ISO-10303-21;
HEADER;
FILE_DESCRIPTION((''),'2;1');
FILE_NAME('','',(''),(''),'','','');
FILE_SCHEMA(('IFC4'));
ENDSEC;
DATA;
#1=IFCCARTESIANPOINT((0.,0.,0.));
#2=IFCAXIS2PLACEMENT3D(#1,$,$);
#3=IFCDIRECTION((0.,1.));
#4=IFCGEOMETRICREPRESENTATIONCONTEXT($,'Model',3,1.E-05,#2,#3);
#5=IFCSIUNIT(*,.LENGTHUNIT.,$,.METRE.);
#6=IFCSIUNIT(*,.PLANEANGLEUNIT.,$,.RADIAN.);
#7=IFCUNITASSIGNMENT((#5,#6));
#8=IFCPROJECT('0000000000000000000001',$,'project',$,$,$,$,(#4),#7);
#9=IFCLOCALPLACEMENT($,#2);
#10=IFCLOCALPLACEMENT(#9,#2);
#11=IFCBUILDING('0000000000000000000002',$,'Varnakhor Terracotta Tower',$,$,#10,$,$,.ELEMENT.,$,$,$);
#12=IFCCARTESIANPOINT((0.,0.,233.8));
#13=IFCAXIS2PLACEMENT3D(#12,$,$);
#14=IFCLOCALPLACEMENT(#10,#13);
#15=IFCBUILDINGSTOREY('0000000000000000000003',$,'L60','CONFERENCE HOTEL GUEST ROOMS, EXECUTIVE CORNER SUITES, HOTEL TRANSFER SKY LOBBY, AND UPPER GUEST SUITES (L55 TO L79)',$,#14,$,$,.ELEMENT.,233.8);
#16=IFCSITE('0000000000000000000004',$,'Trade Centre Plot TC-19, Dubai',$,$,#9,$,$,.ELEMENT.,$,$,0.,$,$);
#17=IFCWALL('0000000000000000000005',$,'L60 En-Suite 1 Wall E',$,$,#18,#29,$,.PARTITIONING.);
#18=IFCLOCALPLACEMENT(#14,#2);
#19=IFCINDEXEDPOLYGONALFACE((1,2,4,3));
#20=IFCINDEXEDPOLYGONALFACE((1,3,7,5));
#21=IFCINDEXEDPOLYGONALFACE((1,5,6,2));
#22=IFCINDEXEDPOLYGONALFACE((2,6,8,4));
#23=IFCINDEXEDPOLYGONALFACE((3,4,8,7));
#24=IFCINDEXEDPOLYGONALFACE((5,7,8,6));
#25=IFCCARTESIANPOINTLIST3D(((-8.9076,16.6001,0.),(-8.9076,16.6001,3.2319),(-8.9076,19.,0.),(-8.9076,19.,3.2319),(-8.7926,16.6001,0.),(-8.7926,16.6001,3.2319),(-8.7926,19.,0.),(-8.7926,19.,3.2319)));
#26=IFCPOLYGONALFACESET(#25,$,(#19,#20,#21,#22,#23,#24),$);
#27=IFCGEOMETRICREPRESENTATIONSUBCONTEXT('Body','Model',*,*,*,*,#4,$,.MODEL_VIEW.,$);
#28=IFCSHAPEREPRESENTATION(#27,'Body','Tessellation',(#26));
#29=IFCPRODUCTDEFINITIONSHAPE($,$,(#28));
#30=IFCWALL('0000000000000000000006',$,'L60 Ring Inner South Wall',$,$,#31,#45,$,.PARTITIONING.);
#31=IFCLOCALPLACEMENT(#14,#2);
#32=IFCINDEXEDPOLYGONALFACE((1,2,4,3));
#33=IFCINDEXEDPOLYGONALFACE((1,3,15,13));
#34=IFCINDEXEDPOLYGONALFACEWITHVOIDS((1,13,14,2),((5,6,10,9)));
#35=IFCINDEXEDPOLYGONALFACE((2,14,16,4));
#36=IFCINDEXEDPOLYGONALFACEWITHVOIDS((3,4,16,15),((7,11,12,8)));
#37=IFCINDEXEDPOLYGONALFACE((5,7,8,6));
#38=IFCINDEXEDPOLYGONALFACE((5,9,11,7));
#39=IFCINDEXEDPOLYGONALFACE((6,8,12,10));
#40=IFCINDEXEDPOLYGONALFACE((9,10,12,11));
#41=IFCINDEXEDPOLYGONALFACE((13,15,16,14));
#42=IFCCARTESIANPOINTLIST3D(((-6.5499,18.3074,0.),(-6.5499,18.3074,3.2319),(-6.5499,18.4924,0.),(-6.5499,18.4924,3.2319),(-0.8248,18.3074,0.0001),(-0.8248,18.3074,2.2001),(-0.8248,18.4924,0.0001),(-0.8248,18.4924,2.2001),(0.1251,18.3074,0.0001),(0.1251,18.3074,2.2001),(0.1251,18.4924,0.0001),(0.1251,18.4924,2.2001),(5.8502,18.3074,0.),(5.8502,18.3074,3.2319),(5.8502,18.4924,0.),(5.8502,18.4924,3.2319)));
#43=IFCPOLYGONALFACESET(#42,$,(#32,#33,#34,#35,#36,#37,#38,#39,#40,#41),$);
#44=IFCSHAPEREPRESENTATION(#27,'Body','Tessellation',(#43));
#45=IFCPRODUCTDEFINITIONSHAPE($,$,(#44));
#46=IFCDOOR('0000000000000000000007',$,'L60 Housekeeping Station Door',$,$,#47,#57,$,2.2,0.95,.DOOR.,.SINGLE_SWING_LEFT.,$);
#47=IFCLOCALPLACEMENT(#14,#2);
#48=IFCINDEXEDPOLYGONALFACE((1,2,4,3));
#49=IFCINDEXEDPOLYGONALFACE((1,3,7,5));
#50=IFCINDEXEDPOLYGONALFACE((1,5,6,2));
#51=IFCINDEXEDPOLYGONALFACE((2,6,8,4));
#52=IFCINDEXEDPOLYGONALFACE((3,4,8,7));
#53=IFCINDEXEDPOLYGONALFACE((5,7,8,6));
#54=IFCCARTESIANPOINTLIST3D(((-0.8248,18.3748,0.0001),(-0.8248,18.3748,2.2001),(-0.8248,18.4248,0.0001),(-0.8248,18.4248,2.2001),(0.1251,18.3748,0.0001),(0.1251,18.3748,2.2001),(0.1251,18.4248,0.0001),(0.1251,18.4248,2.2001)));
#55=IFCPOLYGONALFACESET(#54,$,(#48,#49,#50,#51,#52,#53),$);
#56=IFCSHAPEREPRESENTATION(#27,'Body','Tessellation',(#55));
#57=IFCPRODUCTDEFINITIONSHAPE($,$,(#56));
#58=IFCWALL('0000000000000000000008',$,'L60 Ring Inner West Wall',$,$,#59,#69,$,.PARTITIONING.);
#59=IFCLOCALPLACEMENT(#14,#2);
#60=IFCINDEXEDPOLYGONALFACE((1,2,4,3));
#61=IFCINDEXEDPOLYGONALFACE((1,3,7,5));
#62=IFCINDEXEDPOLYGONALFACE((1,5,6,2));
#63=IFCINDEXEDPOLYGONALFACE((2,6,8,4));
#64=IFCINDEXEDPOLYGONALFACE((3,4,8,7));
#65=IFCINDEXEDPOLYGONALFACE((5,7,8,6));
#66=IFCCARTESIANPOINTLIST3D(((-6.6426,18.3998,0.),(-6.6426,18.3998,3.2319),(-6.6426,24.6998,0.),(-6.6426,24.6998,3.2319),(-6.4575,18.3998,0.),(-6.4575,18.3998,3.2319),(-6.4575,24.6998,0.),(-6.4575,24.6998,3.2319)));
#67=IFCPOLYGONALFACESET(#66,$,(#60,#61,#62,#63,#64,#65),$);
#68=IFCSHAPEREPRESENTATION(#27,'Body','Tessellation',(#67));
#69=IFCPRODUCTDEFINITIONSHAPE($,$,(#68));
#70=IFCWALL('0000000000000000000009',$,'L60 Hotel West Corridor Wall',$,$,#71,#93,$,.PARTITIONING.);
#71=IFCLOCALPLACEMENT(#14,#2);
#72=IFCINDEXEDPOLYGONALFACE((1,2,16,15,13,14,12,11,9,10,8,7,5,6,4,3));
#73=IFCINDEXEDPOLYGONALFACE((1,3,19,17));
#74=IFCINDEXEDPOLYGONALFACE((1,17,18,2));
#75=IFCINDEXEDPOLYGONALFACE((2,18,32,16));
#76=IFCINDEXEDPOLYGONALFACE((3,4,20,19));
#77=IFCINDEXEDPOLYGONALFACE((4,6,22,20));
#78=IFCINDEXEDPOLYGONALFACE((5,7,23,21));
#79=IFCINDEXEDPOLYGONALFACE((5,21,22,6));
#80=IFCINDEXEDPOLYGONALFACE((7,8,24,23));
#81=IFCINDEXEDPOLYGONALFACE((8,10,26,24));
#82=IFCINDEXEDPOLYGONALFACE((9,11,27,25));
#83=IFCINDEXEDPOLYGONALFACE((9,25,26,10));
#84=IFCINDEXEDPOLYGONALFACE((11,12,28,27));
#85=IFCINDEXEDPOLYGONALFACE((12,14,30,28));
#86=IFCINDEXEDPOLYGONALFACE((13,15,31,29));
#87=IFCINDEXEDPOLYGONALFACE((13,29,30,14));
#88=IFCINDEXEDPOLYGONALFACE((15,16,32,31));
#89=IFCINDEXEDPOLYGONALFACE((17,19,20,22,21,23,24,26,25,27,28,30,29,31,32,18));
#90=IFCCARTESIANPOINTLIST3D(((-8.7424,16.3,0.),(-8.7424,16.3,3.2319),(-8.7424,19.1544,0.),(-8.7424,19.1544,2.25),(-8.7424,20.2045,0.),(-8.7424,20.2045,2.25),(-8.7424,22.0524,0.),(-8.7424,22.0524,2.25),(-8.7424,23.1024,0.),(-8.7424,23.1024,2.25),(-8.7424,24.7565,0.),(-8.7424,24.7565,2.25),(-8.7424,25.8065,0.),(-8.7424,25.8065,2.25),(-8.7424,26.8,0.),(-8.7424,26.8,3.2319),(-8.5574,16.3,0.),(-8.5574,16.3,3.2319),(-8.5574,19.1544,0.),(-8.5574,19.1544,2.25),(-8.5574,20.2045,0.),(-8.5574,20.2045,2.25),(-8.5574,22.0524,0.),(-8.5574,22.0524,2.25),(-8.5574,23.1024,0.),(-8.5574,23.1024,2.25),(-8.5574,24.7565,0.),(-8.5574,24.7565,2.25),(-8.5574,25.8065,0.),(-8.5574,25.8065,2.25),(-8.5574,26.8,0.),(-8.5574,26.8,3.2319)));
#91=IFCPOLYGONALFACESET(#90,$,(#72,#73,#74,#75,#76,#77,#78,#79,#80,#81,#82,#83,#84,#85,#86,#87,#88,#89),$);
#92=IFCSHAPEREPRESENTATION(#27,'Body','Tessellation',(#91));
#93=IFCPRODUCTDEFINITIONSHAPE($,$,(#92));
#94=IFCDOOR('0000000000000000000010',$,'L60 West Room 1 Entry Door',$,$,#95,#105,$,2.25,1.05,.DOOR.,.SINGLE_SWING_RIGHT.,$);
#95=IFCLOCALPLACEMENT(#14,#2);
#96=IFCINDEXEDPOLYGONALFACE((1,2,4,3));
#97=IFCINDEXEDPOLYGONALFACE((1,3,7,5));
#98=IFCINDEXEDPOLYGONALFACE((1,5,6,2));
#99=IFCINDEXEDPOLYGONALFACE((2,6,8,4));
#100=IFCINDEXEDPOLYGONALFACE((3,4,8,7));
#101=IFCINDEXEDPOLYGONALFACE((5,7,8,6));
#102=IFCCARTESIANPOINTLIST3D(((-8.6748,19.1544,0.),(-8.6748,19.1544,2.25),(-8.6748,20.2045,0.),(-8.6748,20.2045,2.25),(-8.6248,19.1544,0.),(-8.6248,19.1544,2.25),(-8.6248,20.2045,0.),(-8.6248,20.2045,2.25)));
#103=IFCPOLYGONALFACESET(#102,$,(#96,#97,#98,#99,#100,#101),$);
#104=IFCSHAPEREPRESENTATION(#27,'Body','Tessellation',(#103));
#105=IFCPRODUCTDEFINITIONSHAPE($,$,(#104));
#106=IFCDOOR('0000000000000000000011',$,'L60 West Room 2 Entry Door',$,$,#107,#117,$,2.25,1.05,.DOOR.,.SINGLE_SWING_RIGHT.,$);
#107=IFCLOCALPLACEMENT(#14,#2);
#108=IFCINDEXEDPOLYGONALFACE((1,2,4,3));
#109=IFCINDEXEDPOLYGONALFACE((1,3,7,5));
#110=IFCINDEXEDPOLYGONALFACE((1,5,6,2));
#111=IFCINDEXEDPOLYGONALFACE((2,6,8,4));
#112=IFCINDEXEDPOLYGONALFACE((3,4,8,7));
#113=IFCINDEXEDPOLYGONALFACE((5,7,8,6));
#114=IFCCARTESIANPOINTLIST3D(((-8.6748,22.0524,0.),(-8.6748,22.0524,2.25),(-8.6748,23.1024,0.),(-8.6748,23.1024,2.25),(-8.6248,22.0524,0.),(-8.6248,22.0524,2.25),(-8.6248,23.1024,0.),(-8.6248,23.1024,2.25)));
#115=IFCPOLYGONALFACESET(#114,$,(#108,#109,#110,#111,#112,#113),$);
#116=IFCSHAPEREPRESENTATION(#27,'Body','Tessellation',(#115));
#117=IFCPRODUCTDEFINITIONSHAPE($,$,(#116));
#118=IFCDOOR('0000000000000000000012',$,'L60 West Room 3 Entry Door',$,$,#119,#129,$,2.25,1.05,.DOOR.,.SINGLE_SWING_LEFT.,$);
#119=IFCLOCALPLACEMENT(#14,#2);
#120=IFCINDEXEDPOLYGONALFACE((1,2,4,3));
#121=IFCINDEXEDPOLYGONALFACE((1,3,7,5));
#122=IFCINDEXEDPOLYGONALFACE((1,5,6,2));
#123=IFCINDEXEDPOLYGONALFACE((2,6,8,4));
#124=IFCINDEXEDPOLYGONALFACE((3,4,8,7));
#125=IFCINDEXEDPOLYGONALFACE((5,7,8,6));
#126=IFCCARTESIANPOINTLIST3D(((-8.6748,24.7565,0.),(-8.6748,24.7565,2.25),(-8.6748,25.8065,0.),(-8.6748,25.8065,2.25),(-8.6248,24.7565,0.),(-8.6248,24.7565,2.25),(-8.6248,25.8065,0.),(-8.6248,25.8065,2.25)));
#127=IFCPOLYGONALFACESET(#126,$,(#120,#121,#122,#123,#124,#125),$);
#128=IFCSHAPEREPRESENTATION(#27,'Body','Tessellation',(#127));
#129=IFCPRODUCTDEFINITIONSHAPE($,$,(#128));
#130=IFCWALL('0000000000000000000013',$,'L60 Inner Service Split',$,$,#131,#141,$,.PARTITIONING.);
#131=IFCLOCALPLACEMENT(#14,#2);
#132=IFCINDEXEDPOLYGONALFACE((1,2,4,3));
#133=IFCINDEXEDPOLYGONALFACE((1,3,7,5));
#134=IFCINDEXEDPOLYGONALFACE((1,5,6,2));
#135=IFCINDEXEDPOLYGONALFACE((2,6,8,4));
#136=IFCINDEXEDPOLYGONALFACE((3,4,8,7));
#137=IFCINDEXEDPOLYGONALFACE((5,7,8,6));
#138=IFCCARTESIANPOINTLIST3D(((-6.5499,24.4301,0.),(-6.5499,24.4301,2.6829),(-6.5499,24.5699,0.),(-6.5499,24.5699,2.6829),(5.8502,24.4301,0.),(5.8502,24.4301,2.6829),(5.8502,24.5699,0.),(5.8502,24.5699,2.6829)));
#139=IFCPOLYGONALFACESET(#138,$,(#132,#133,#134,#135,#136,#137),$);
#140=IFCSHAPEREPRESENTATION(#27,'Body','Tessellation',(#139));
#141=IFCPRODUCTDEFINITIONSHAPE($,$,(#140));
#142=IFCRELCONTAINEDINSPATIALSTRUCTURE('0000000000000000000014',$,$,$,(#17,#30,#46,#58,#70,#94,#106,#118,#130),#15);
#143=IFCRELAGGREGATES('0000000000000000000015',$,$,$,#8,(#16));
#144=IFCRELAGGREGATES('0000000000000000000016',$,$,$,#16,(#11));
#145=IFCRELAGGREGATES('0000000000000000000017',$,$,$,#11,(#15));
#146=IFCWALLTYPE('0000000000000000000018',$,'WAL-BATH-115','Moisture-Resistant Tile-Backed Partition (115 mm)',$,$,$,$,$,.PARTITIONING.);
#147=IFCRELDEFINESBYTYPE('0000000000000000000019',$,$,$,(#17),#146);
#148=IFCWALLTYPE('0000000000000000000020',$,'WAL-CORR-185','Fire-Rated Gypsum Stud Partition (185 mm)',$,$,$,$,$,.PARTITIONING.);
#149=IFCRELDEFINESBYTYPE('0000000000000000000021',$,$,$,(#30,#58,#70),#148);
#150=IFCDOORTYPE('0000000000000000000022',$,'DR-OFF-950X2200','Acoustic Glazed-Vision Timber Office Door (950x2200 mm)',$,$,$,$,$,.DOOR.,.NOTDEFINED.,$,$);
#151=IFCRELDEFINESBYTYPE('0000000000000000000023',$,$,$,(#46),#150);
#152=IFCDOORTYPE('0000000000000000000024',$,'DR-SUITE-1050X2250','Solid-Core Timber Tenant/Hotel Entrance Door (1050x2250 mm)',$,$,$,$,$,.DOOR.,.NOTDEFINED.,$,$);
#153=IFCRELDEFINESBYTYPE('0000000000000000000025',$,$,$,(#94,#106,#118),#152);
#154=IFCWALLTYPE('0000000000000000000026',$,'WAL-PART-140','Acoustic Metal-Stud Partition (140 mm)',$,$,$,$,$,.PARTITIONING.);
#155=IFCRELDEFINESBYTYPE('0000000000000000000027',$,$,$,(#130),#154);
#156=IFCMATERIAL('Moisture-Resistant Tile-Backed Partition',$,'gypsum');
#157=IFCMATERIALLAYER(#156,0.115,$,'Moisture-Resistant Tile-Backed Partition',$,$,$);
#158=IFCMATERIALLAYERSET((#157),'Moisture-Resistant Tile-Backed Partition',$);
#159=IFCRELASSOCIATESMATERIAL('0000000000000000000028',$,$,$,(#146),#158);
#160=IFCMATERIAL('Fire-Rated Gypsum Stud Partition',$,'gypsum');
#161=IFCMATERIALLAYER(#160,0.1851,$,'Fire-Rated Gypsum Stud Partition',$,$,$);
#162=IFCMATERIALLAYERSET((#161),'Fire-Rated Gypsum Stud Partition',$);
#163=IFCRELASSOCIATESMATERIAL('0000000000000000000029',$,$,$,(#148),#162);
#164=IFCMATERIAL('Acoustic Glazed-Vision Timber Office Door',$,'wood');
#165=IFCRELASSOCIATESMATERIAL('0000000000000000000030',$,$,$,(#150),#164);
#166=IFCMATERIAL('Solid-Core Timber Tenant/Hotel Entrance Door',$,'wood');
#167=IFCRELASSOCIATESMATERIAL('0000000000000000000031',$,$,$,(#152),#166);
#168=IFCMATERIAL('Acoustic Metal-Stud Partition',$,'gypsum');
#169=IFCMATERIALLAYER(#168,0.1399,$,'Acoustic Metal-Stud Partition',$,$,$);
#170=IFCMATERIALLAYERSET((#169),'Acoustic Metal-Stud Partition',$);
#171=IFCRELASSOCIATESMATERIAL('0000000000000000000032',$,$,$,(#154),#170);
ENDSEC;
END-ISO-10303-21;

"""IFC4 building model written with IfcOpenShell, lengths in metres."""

from ifc_helpers import new_model, si_unit, direction, frame, frame_2d, origin, place, context, subcontext, project, spatial, rectangle, extrude, source, transform, mapped, material, layer, layer_set, type_object, type_shapes, element, fill, save


model = new_model("IFC4")

# Units and contexts
model_context = context("Model", 3, precision=1e-05, world=origin(), true_north=direction((0.0, 1.0)))
body_context = subcontext(model_context, "Body", "Model", "MODEL_VIEW")
ifc_project = project(units=[si_unit("LENGTHUNIT", "METRE"), si_unit("PLANEANGLEUNIT", "RADIAN")], contexts=[model_context])

# Site, building, storey
site_placement = place(None, origin())
site = spatial("IfcSite", under=ifc_project, at=site_placement, Name="Trade Centre Plot TC-19, Dubai", CompositionType="ELEMENT", RefElevation=0.0)
building_placement = place(site_placement, origin())
building = spatial("IfcBuilding", under=site, at=building_placement, Name="Varnakhor Terracotta Tower", CompositionType="ELEMENT")
storey_placement = place(building_placement, frame((0.0, 0.0, 233.8)))
storey = spatial("IfcBuildingStorey", under=building, at=storey_placement, Name="L60", Description="CONFERENCE HOTEL GUEST ROOMS, EXECUTIVE CORNER SUITES, HOTEL TRANSFER SKY LOBBY, AND UPPER GUEST SUITES (L55 TO L79)", CompositionType="ELEMENT", Elevation=233.8)

# Shared definitions
ifc_material_1 = material(Name="Moisture-Resistant Tile-Backed Partition", Category="gypsum")
ifc_layer_1 = layer(ifc_material_1, 0.115, Name="Moisture-Resistant Tile-Backed Partition")
ifc_layer_set_1 = layer_set([ifc_layer_1], Name="Moisture-Resistant Tile-Backed Partition")
wall_type_1 = type_object("IfcWallType", Name="WAL-BATH-115", Description="Moisture-Resistant Tile-Backed Partition (115 mm)", PredefinedType="PARTITIONING", material=ifc_layer_set_1)

# Wall
wall_1_placement = place(storey_placement, frame((-8.8501, 16.6001, 0.0), z_axis=(0.0, 0.0, 1.0), x_axis=(0.0, 1.0, 0.0)))
element("IfcWall", 1, at=wall_1_placement, inside=storey, type_object=wall_type_1, Name="L60 En-Suite 1 Wall E", PredefinedType="PARTITIONING", context=body_context, shape_type="SweptSolid", body=[
    extrude(rectangle(XDim=2.3999, YDim=0.115, at=frame_2d((1.2, 0.0))), origin(), (0.0, 0.0, 1.0), 3.2319),
])

# Wall, opening, door
ifc_material_2 = material(Name="Fire-Rated Gypsum Stud Partition", Category="gypsum")
ifc_layer_2 = layer(ifc_material_2, 0.1851, Name="Fire-Rated Gypsum Stud Partition")
ifc_layer_set_2 = layer_set([ifc_layer_2], Name="Fire-Rated Gypsum Stud Partition")
wall_type_2 = type_object("IfcWallType", Name="WAL-CORR-185", Description="Fire-Rated Gypsum Stud Partition (185 mm)", PredefinedType="PARTITIONING", material=ifc_layer_set_2)
wall_2_placement = place(storey_placement, frame((-6.55, 18.3999, 0.0), z_axis=(0.0, 0.0, 1.0), x_axis=(1.0, 0.0, 0.0)))
wall_2 = element("IfcWall", 2, at=wall_2_placement, inside=storey, type_object=wall_type_2, Name="L60 Ring Inner South Wall", PredefinedType="PARTITIONING", context=body_context, shape_type="SweptSolid", body=[
    extrude(rectangle(XDim=12.4001, YDim=0.1851, at=frame_2d((6.2002, 0.0))), origin(), (0.0, 0.0, 1.0), 3.2319),
])
opening_1_placement = place(wall_2_placement, frame((5.7251, 0.0, 0.0)))
opening_1 = element("IfcOpeningElement", 3, at=opening_1_placement, cuts=wall_2, PredefinedType="OPENING", context=body_context, shape_type="SweptSolid", body=[
    extrude(rectangle(XDim=0.95, YDim=2.2, at=frame_2d((0.4751, 1.1001))), frame((0.0, 0.1025, 0.0), z_axis=(0.0, -1.0, 0.0), x_axis=(1.0, 0.0, 0.0)), (0.0, 0.0, 1.0), 0.2051),
])
ifc_material_3 = material(Name="Acoustic Glazed-Vision Timber Office Door", Category="wood")
door_type_1 = type_object("IfcDoorType", Name="DR-OFF-950X2200", Description="Acoustic Glazed-Vision Timber Office Door (950x2200 mm)", OperationType="NOTDEFINED", PredefinedType="DOOR", material=ifc_material_3)
shared_shape_1 = source(origin(), body_context, "Body", "SweptSolid", [
    extrude(rectangle(XDim=0.95, YDim=2.2, at=frame_2d((0.4751, 1.1001))), frame((0.0, 0.0249, 0.0), z_axis=(0.0, -1.0, 0.0), x_axis=(1.0, 0.0, 0.0)), (0.0, 0.0, 1.0), 0.05),
])
type_shapes(door_type_1, [shared_shape_1])
door_1_placement = place(opening_1_placement, origin())
door_1 = element("IfcDoor", 4, at=door_1_placement, inside=storey, type_object=door_type_1, Name="L60 Housekeeping Station Door", OperationType="SINGLE_SWING_LEFT", OverallHeight=2.2, OverallWidth=0.95, PredefinedType="DOOR", context=body_context, shape_type="MappedRepresentation", body=[
    mapped(shared_shape_1, transform((0.0, 0.0, 0.0), scale=1.0)),
])
fill(opening_1, door_1)

# Wall
wall_3_placement = place(storey_placement, frame((-6.55, 18.3999, 0.0), z_axis=(0.0, 0.0, 1.0), x_axis=(0.0, 1.0, 0.0)))
element("IfcWall", 5, at=wall_3_placement, inside=storey, type_object=wall_type_2, Name="L60 Ring Inner West Wall", PredefinedType="PARTITIONING", context=body_context, shape_type="SweptSolid", body=[
    extrude(rectangle(XDim=6.3, YDim=0.1851, at=frame_2d((3.1499, 0.0))), origin(), (0.0, 0.0, 1.0), 3.2319),
])

# Wall, openings, doors
wall_4_placement = place(storey_placement, frame((-8.6499, 16.3, 0.0), z_axis=(0.0, 0.0, 1.0), x_axis=(0.0, 1.0, 0.0)))
wall_4 = element("IfcWall", 6, at=wall_4_placement, inside=storey, type_object=wall_type_2, Name="L60 Hotel West Corridor Wall", PredefinedType="PARTITIONING", context=body_context, shape_type="SweptSolid", body=[
    extrude(rectangle(XDim=10.5, YDim=0.1851, at=frame_2d((5.25, 0.0))), origin(), (0.0, 0.0, 1.0), 3.2319),
])
opening_2_placement = place(wall_4_placement, frame((2.8545, 0.0, 0.0)))
opening_2 = element("IfcOpeningElement", 7, at=opening_2_placement, cuts=wall_4, PredefinedType="OPENING", context=body_context, shape_type="SweptSolid", body=[
    extrude(rectangle(XDim=1.05, YDim=2.25, at=frame_2d((0.5249, 1.125))), frame((0.0, 0.1025, 0.0), z_axis=(0.0, -1.0, 0.0), x_axis=(1.0, 0.0, 0.0)), (0.0, 0.0, 1.0), 0.2051),
])
opening_3_placement = place(wall_4_placement, frame((5.7524, 0.0, 0.0)))
opening_3 = element("IfcOpeningElement", 8, at=opening_3_placement, cuts=wall_4, PredefinedType="OPENING", context=body_context, shape_type="SweptSolid", body=[
    extrude(rectangle(XDim=1.05, YDim=2.25, at=frame_2d((0.5249, 1.125))), frame((0.0, 0.1025, 0.0), z_axis=(0.0, -1.0, 0.0), x_axis=(1.0, 0.0, 0.0)), (0.0, 0.0, 1.0), 0.2051),
])
opening_4_placement = place(wall_4_placement, frame((8.4565, 0.0, 0.0)))
opening_4 = element("IfcOpeningElement", 9, at=opening_4_placement, cuts=wall_4, PredefinedType="OPENING", context=body_context, shape_type="SweptSolid", body=[
    extrude(rectangle(XDim=1.05, YDim=2.25, at=frame_2d((0.5249, 1.125))), frame((0.0, 0.1025, 0.0), z_axis=(0.0, -1.0, 0.0), x_axis=(1.0, 0.0, 0.0)), (0.0, 0.0, 1.0), 0.2051),
])
ifc_material_4 = material(Name="Solid-Core Timber Tenant/Hotel Entrance Door", Category="wood")
door_type_2 = type_object("IfcDoorType", Name="DR-SUITE-1050X2250", Description="Solid-Core Timber Tenant/Hotel Entrance Door (1050x2250 mm)", OperationType="NOTDEFINED", PredefinedType="DOOR", material=ifc_material_4)
shared_shape_2 = source(origin(), body_context, "Body", "SweptSolid", [
    extrude(rectangle(XDim=1.05, YDim=2.25, at=frame_2d((0.5249, 1.125))), frame((0.0, 0.0249, 0.0), z_axis=(0.0, -1.0, 0.0), x_axis=(1.0, 0.0, 0.0)), (0.0, 0.0, 1.0), 0.05),
])
type_shapes(door_type_2, [shared_shape_2])
door_2_placement = place(opening_2_placement, origin())
door_2 = element("IfcDoor", 10, at=door_2_placement, inside=storey, type_object=door_type_2, Name="L60 West Room 1 Entry Door", OperationType="SINGLE_SWING_RIGHT", OverallHeight=2.25, OverallWidth=1.05, PredefinedType="DOOR", context=body_context, shape_type="MappedRepresentation", body=[
    mapped(shared_shape_2, transform((0.0, 0.0, 0.0), scale=1.0)),
])
fill(opening_2, door_2)
door_3_placement = place(opening_3_placement, origin())
door_3 = element("IfcDoor", 11, at=door_3_placement, inside=storey, type_object=door_type_2, Name="L60 West Room 2 Entry Door", OperationType="SINGLE_SWING_RIGHT", OverallHeight=2.25, OverallWidth=1.05, PredefinedType="DOOR", context=body_context, shape_type="MappedRepresentation", body=[
    mapped(shared_shape_2, transform((0.0, 0.0, 0.0), scale=1.0)),
])
fill(opening_3, door_3)
door_4_placement = place(opening_4_placement, origin())
door_4 = element("IfcDoor", 12, at=door_4_placement, inside=storey, type_object=door_type_2, Name="L60 West Room 3 Entry Door", OperationType="SINGLE_SWING_LEFT", OverallHeight=2.25, OverallWidth=1.05, PredefinedType="DOOR", context=body_context, shape_type="MappedRepresentation", body=[
    mapped(shared_shape_2, transform((0.0, 0.0, 0.0), scale=1.0)),
])
fill(opening_4, door_4)

# Wall
ifc_material_5 = material(Name="Acoustic Metal-Stud Partition", Category="gypsum")
ifc_layer_3 = layer(ifc_material_5, 0.1399, Name="Acoustic Metal-Stud Partition")
ifc_layer_set_3 = layer_set([ifc_layer_3], Name="Acoustic Metal-Stud Partition")
wall_type_3 = type_object("IfcWallType", Name="WAL-PART-140", Description="Acoustic Metal-Stud Partition (140 mm)", PredefinedType="PARTITIONING", material=ifc_layer_set_3)
wall_5_placement = place(storey_placement, frame((-6.55, 24.5, 0.0), z_axis=(0.0, 0.0, 1.0), x_axis=(1.0, 0.0, 0.0)))
element("IfcWall", 13, at=wall_5_placement, inside=storey, type_object=wall_type_3, Name="L60 Inner Service Split", PredefinedType="PARTITIONING", context=body_context, shape_type="SweptSolid", body=[
    extrude(rectangle(XDim=12.4001, YDim=0.1399, at=frame_2d((6.2002, 0.0))), origin(), (0.0, 0.0, 1.0), 2.6829),
])

save(model, "model.ifc")
